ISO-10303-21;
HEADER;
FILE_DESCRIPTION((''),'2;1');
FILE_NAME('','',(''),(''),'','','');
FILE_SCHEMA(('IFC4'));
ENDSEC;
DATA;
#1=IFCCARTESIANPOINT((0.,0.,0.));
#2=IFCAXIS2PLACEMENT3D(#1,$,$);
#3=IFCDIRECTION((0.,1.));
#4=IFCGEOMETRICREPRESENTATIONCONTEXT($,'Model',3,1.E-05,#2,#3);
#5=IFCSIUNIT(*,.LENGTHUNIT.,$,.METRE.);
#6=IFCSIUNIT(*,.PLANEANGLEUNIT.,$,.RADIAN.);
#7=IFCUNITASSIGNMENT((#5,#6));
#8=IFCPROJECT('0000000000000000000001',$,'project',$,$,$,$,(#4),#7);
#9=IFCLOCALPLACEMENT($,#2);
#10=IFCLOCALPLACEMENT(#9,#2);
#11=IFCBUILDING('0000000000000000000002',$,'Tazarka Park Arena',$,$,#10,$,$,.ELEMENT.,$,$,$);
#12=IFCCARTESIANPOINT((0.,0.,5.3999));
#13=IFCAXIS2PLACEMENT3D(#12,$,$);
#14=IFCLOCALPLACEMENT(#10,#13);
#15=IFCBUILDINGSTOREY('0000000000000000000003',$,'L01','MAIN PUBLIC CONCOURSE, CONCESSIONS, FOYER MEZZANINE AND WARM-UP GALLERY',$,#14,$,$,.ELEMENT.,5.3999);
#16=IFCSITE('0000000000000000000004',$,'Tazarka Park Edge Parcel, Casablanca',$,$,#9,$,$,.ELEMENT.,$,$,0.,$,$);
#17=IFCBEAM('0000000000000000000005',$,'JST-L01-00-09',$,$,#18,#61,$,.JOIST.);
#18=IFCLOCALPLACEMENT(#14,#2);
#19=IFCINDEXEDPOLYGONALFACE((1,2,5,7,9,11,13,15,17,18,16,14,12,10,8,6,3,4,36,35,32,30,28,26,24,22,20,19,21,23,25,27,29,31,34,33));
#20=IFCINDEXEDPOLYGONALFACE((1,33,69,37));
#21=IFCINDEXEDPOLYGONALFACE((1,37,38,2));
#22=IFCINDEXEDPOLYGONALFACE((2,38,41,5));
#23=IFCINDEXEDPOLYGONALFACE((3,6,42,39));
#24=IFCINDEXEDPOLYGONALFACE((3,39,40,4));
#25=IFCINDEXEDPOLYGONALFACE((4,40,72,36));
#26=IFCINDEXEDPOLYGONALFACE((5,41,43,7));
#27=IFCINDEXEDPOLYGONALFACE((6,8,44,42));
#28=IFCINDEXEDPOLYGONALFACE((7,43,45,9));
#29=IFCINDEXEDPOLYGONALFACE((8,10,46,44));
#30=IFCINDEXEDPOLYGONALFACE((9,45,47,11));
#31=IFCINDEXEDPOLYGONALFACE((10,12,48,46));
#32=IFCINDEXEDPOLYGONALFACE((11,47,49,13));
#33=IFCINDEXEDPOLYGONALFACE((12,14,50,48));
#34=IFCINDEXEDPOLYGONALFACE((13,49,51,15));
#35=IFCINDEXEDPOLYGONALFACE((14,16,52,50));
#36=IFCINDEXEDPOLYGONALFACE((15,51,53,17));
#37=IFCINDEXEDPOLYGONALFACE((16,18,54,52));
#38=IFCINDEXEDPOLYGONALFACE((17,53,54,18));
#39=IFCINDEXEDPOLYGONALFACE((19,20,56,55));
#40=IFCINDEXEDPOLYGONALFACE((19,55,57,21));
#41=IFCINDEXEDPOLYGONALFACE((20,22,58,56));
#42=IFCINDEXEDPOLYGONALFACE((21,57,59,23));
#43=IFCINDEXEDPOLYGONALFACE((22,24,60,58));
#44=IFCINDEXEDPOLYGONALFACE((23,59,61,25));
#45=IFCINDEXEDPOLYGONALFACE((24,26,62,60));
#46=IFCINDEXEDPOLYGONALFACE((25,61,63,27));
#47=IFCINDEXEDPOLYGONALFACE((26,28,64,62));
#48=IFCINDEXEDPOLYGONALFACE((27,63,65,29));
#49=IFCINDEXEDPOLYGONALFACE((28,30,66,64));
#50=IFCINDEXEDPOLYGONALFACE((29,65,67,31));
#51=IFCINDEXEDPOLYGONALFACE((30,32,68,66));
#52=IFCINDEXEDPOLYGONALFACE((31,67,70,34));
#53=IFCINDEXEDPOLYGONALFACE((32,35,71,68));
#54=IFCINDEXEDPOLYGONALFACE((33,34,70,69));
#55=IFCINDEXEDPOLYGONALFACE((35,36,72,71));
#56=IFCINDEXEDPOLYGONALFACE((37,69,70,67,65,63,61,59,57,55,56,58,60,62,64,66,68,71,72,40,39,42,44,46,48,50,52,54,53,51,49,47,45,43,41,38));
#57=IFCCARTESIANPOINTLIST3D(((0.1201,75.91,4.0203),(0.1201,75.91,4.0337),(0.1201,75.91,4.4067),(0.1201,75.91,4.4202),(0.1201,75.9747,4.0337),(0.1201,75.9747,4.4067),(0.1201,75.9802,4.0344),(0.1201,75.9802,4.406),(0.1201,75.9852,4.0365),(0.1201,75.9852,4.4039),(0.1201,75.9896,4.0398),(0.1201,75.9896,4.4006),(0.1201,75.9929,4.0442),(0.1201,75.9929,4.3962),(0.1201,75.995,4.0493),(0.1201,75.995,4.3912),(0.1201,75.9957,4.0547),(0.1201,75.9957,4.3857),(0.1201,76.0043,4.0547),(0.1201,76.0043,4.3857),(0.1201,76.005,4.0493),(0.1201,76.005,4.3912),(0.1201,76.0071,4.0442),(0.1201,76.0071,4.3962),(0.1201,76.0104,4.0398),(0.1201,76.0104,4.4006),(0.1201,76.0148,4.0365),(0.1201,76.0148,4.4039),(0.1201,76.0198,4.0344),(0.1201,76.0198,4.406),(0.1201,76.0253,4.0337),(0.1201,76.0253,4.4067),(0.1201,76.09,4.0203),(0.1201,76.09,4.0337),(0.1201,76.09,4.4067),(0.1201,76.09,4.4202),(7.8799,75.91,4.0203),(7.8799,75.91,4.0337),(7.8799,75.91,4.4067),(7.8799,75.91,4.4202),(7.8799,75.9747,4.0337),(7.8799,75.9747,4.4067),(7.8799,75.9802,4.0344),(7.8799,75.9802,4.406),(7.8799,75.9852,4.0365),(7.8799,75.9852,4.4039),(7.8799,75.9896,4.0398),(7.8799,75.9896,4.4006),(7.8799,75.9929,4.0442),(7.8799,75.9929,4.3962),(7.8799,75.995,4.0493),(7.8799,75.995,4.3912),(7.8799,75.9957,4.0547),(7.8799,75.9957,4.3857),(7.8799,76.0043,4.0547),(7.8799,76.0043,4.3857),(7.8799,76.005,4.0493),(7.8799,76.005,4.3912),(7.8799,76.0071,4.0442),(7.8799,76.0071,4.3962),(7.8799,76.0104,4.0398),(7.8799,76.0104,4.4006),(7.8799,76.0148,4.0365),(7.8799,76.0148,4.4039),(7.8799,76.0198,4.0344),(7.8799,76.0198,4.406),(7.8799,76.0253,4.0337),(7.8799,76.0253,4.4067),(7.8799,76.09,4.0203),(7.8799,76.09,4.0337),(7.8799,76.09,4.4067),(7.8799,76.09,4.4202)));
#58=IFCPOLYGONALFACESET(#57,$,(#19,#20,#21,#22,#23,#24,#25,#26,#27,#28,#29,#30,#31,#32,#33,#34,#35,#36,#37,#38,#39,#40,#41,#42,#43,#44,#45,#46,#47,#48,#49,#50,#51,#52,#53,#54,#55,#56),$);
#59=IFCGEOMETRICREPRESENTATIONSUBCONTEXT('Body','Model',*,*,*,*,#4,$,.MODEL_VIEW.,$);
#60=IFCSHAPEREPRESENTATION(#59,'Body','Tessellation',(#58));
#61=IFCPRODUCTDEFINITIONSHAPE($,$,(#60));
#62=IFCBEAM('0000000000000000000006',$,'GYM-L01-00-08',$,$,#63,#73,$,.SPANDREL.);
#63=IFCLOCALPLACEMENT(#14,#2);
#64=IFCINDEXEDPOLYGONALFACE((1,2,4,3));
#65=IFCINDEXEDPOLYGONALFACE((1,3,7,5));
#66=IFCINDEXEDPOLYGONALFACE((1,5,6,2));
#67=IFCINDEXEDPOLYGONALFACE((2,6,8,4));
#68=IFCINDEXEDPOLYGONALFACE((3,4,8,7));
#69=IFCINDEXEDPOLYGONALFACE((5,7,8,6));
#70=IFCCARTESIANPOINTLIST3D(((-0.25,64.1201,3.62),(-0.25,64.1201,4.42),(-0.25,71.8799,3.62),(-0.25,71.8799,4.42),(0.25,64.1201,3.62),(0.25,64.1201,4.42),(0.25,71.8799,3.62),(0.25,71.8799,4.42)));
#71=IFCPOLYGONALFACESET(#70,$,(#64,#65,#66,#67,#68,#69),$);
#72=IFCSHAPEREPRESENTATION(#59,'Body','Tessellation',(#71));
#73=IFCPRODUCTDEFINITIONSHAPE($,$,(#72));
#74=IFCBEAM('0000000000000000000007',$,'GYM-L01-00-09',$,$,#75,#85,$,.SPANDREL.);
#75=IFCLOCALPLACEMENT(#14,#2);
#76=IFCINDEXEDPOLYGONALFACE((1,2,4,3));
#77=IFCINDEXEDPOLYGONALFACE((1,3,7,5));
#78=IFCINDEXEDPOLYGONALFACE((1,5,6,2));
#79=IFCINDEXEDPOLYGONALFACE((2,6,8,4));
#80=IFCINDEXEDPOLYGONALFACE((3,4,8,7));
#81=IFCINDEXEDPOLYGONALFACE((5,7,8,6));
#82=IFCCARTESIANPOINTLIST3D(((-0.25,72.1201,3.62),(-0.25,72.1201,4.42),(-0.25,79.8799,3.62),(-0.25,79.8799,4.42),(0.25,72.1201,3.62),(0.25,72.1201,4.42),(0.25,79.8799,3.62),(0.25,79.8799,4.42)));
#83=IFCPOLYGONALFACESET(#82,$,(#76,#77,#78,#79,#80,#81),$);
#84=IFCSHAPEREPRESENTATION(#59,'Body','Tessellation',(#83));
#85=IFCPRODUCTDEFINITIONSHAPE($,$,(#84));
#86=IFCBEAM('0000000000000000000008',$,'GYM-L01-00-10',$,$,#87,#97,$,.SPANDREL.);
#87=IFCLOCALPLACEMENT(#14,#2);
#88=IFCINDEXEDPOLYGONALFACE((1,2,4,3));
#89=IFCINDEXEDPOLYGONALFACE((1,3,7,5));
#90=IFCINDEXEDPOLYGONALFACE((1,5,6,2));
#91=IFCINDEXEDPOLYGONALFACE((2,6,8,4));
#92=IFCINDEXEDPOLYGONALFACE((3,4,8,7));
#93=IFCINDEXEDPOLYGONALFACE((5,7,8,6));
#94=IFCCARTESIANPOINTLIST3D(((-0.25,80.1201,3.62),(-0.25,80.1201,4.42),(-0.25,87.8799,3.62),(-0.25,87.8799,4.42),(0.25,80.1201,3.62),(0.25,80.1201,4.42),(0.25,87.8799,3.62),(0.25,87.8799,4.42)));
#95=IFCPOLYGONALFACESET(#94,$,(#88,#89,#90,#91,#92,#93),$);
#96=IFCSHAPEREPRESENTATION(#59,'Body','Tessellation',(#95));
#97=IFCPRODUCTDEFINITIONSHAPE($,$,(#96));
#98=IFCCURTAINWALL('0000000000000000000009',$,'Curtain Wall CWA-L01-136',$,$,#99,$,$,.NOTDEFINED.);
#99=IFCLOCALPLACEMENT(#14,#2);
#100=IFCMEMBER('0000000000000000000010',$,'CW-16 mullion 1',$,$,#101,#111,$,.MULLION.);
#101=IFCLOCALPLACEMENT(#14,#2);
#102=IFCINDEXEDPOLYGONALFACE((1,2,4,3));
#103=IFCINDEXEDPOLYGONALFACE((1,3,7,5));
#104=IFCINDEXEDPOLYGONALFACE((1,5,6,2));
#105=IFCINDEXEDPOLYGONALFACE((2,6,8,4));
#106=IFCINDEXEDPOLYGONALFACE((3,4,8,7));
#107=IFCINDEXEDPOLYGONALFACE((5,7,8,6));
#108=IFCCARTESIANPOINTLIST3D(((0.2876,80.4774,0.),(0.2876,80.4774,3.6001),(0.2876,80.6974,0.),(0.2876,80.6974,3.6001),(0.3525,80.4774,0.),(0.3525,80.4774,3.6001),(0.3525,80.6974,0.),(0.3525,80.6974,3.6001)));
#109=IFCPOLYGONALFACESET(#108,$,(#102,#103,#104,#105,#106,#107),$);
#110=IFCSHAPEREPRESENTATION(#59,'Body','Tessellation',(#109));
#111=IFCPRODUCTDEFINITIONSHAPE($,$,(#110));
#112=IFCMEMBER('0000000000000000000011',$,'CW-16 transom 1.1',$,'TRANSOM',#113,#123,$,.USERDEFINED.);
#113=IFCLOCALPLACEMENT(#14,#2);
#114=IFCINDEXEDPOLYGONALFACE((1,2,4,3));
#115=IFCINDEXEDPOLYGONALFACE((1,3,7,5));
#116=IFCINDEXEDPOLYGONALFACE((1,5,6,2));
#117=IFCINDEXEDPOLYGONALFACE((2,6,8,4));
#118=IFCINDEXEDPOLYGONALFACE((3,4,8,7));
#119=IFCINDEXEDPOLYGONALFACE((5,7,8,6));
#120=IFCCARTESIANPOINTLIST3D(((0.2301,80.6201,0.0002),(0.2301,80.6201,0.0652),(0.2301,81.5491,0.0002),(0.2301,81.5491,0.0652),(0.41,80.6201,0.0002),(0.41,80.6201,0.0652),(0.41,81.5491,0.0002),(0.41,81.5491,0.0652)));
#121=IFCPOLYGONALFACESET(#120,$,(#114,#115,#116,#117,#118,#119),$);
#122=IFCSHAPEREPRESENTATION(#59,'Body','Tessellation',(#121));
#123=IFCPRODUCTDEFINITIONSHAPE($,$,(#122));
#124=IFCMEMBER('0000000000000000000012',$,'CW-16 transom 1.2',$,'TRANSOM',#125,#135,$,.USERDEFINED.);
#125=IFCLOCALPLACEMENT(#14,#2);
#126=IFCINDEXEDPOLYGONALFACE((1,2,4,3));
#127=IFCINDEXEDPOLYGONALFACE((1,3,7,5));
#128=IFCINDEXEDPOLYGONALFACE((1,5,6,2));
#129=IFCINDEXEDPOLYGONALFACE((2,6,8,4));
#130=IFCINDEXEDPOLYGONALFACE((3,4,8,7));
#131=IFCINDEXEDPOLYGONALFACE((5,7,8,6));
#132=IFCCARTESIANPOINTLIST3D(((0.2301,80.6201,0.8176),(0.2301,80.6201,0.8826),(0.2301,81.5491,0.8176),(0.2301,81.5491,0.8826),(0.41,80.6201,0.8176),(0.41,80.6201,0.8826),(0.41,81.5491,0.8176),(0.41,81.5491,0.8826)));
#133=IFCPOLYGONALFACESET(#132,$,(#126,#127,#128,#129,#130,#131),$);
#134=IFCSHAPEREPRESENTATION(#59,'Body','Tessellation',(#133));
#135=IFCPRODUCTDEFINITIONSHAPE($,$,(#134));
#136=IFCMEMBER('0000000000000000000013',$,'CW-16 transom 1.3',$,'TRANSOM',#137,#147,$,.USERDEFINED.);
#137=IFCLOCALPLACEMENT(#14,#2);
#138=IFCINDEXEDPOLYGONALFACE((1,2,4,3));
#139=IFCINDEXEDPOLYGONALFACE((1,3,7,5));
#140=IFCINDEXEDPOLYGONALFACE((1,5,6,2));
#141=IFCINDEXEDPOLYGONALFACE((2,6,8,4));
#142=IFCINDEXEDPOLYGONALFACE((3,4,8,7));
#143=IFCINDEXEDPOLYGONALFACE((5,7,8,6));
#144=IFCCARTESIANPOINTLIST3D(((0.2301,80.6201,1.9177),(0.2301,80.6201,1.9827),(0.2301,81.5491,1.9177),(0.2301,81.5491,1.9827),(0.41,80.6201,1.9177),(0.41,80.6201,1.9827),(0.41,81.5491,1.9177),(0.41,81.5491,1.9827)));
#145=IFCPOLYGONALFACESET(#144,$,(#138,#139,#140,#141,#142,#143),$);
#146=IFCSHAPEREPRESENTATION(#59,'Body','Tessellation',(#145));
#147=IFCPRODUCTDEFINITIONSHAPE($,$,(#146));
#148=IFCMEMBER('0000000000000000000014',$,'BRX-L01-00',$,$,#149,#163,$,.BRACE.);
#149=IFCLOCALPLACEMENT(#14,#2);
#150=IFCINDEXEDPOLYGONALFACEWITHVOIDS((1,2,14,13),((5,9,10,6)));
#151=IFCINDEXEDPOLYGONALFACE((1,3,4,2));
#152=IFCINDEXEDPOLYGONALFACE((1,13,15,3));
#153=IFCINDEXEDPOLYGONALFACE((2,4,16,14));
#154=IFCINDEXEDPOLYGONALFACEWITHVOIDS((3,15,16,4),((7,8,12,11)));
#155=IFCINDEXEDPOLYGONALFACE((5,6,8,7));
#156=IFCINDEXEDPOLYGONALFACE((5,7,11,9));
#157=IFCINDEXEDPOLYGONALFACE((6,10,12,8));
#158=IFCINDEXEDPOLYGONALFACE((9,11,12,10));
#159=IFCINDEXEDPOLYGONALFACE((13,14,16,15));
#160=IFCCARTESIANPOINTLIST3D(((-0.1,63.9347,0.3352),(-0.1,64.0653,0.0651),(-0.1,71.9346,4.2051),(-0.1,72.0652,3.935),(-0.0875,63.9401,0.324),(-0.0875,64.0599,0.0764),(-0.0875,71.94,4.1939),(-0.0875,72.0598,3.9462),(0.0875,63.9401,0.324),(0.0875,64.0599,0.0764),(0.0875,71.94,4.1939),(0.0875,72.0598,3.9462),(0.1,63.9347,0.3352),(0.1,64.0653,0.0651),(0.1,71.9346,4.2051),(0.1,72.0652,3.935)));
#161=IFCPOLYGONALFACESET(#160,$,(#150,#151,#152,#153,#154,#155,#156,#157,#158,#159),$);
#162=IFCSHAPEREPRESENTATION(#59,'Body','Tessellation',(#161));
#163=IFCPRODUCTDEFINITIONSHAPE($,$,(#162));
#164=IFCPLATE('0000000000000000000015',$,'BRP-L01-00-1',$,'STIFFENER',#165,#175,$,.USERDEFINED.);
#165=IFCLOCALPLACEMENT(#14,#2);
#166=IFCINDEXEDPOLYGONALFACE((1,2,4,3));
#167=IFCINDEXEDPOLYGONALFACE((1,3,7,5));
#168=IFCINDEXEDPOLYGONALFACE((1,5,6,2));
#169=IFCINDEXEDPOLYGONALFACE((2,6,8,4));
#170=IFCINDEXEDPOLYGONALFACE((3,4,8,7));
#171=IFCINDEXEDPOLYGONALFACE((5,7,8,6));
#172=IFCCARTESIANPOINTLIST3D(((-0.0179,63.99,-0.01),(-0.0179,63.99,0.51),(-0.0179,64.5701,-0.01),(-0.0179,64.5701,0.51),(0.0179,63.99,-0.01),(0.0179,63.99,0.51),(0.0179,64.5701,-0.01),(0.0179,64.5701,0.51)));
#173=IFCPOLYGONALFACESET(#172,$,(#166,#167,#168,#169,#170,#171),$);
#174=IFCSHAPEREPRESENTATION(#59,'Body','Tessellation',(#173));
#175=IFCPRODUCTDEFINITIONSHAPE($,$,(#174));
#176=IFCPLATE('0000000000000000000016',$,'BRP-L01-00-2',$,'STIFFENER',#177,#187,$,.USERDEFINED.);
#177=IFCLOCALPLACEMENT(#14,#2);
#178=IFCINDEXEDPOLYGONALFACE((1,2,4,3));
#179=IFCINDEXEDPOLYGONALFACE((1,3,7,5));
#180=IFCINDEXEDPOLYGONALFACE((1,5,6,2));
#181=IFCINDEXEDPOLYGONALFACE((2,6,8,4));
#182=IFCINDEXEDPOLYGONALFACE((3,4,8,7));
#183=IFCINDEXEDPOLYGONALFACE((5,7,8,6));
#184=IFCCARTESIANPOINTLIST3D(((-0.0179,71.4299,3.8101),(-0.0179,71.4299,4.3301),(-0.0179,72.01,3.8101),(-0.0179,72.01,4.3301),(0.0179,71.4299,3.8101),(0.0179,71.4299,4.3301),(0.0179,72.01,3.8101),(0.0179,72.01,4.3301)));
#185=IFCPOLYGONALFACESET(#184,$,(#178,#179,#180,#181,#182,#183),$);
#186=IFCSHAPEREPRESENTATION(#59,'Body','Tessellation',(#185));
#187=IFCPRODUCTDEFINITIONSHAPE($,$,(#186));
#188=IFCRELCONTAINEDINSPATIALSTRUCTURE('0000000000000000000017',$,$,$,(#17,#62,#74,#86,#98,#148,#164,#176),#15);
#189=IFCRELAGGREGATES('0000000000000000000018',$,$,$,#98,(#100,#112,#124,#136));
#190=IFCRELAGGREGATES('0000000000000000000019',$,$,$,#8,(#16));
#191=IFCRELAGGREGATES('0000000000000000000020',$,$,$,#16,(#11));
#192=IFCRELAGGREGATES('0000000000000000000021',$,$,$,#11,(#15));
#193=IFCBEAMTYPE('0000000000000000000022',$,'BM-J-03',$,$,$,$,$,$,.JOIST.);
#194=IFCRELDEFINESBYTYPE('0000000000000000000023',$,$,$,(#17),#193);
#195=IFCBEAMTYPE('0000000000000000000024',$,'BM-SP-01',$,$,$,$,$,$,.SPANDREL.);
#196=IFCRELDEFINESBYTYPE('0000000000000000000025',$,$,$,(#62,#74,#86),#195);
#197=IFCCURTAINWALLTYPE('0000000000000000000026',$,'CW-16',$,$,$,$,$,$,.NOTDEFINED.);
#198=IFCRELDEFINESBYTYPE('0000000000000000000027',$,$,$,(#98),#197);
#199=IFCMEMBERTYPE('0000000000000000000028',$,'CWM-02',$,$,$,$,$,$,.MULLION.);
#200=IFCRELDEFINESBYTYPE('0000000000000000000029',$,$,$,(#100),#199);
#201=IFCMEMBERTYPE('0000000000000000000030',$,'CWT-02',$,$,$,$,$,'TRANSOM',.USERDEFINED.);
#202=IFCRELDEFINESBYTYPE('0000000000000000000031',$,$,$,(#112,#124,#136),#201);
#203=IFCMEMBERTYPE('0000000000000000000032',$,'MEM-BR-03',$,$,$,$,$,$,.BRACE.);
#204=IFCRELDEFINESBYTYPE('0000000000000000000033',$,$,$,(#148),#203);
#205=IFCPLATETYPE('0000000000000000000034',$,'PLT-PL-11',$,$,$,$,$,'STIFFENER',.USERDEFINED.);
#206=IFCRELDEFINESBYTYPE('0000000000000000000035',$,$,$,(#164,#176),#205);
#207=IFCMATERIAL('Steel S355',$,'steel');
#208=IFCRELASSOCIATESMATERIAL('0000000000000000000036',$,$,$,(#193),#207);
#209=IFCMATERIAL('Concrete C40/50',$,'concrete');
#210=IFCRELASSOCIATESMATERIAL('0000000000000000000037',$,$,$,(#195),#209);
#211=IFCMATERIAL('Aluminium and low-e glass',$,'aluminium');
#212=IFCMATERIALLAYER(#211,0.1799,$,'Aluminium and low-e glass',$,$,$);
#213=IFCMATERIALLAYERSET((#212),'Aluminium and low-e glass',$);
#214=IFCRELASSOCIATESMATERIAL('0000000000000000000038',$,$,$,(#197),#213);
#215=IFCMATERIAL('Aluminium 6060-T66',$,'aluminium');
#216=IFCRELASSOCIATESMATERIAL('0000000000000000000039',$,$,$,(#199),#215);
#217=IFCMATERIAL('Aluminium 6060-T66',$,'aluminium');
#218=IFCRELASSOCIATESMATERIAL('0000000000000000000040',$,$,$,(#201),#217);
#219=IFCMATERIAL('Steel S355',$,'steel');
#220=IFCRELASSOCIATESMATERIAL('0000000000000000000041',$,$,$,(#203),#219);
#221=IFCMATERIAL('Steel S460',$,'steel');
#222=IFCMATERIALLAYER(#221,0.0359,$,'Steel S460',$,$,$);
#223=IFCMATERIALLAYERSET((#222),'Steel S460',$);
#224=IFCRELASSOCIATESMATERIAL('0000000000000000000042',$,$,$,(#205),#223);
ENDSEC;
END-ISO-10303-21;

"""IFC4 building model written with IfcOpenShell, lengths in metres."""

from ifc_helpers import new_model, si_unit, direction, frame, origin, origin_2d, place, context, subcontext, project, spatial, rectangle, hollow_rectangle, i_section, extrude, material, layer, layer_set, material_profile, profile_set, type_object, element, aggregate, save


model = new_model("IFC4")

# Units and contexts
model_context = context("Model", 3, precision=1e-05, world=origin(), true_north=direction((0.0, 1.0)))
body_context = subcontext(model_context, "Body", "Model", "MODEL_VIEW")
ifc_project = project(units=[si_unit("LENGTHUNIT", "METRE"), si_unit("PLANEANGLEUNIT", "RADIAN")], contexts=[model_context])

# Site, building, storey
site_placement = place(None, origin())
site = spatial("IfcSite", under=ifc_project, at=site_placement, Name="Tazarka Park Edge Parcel, Casablanca", CompositionType="ELEMENT", RefElevation=0.0)
building_placement = place(site_placement, origin())
building = spatial("IfcBuilding", under=site, at=building_placement, Name="Tazarka Park Arena", CompositionType="ELEMENT")
storey_placement = place(building_placement, frame((0.0, 0.0, 5.3999)))
storey = spatial("IfcBuildingStorey", under=building, at=storey_placement, Name="L01", Description="MAIN PUBLIC CONCOURSE, CONCESSIONS, FOYER MEZZANINE AND WARM-UP GALLERY", CompositionType="ELEMENT", Elevation=5.3999)

# Beams
ifc_material_1 = material(Name="Steel S355", Category="steel")
ifc_material_profile_1 = material_profile(ifc_material_1, i_section(OverallWidth=0.1799, OverallDepth=0.3999, WebThickness=0.0085, FlangeThickness=0.0134, FilletRadius=0.021, at=origin_2d()), Name="Steel S355")
ifc_profile_set_1 = profile_set([ifc_material_profile_1], Name="Steel S355")
beam_type_1 = type_object("IfcBeamType", Name="BM-J-03", PredefinedType="JOIST", material=ifc_profile_set_1)
beam_1_placement = place(storey_placement, frame((0.1201, 76.0, 4.2202), z_axis=(1.0, 0.0, 0.0), x_axis=(0.0, 1.0, 0.0)))
element("IfcBeam", 1, at=beam_1_placement, inside=storey, type_object=beam_type_1, Name="JST-L01-00-09", PredefinedType="JOIST", context=body_context, shape_type="SweptSolid", body=[
    extrude(i_section(OverallWidth=0.1799, OverallDepth=0.3999, WebThickness=0.0085, FlangeThickness=0.0134, FilletRadius=0.021, at=origin_2d()), origin(), (0.0, 0.0, 1.0), 7.7598),
])
ifc_material_2 = material(Name="Concrete C40/50", Category="concrete")
ifc_material_profile_2 = material_profile(ifc_material_2, rectangle(XDim=0.5, YDim=0.8, at=origin_2d()), Name="Concrete C40/50")
ifc_profile_set_2 = profile_set([ifc_material_profile_2], Name="Concrete C40/50")
beam_type_2 = type_object("IfcBeamType", Name="BM-SP-01", PredefinedType="SPANDREL", material=ifc_profile_set_2)
for number, where, z_axis, x_axis, name in (
    (2, (0.0, 64.1201, 4.02), (0.0, 1.0, 0.0), (-1.0, 0.0, 0.0), "GYM-L01-00-08"),
    (3, (0.0, 72.1201, 4.02), (0.0, 1.0, 0.0), (-1.0, 0.0, 0.0), "GYM-L01-00-09"),
    (4, (0.0, 80.1201, 4.02), (0.0, 1.0, 0.0), (-1.0, 0.0, 0.0), "GYM-L01-00-10"),
):
    element("IfcBeam", number, at=place(storey_placement, frame(where, z_axis=z_axis, x_axis=x_axis)), inside=storey, type_object=beam_type_2, Name=name, PredefinedType="SPANDREL", context=body_context, shape_type="SweptSolid", body=[
        extrude(rectangle(XDim=0.5, YDim=0.8, at=origin_2d()), origin(), (0.0, 0.0, 1.0), 7.7598),
    ])

# Curtain wall, members
ifc_material_3 = material(Name="Aluminium and low-e glass", Category="aluminium")
ifc_layer_1 = layer(ifc_material_3, 0.1799, Name="Aluminium and low-e glass")
ifc_layer_set_1 = layer_set([ifc_layer_1], Name="Aluminium and low-e glass")
curtain_wall_type = type_object("IfcCurtainWallType", Name="CW-16", PredefinedType="NOTDEFINED", material=ifc_layer_set_1)
curtain_wall_placement = place(storey_placement, origin())
curtain_wall = element("IfcCurtainWall", 5, at=curtain_wall_placement, inside=storey, type_object=curtain_wall_type, Name="Curtain Wall CWA-L01-136", PredefinedType="NOTDEFINED")
ifc_material_4 = material(Name="Aluminium 6060-T66", Category="aluminium")
ifc_material_profile_3 = material_profile(ifc_material_4, rectangle(XDim=0.0649, YDim=0.22, at=origin_2d()), Name="Aluminium 6060-T66")
ifc_profile_set_3 = profile_set([ifc_material_profile_3], Name="Aluminium 6060-T66")
member_type_1 = type_object("IfcMemberType", Name="CWM-02", PredefinedType="MULLION", material=ifc_profile_set_3)
member_1_placement = place(storey_placement, frame((0.3201, 80.5874, 0.0), z_axis=(0.0, 0.0, 1.0), x_axis=(-1.0, 0.0, 0.0)))
member_1 = element("IfcMember", 6, at=member_1_placement, type_object=member_type_1, Name="CW-16 mullion 1", PredefinedType="MULLION", context=body_context, shape_type="SweptSolid", body=[
    extrude(rectangle(XDim=0.0649, YDim=0.22, at=origin_2d()), origin(), (0.0, 0.0, 1.0), 3.6001),
])
ifc_material_5 = material(Name="Aluminium 6060-T66", Category="aluminium")
ifc_material_profile_4 = material_profile(ifc_material_5, rectangle(XDim=0.1799, YDim=0.0649, at=origin_2d()), Name="Aluminium 6060-T66")
ifc_profile_set_4 = profile_set([ifc_material_profile_4], Name="Aluminium 6060-T66")
member_type_2 = type_object("IfcMemberType", Name="CWT-02", ElementType="TRANSOM", PredefinedType="USERDEFINED", material=ifc_profile_set_4)
member_2_placement = place(storey_placement, frame((0.3201, 80.6201, 0.0327), z_axis=(0.0, 1.0, 0.0), x_axis=(-1.0, 0.0, 0.0)))
member_2 = element("IfcMember", 7, at=member_2_placement, type_object=member_type_2, Name="CW-16 transom 1.1", ObjectType="TRANSOM", PredefinedType="USERDEFINED", context=body_context, shape_type="SweptSolid", body=[
    extrude(rectangle(XDim=0.1799, YDim=0.0649, at=origin_2d()), origin(), (0.0, 0.0, 1.0), 0.929),
])
member_3_placement = place(storey_placement, frame((0.3201, 80.6201, 0.8501), z_axis=(0.0, 1.0, 0.0), x_axis=(-1.0, 0.0, 0.0)))
member_3 = element("IfcMember", 8, at=member_3_placement, type_object=member_type_2, Name="CW-16 transom 1.2", ObjectType="TRANSOM", PredefinedType="USERDEFINED", context=body_context, shape_type="SweptSolid", body=[
    extrude(rectangle(XDim=0.1799, YDim=0.0649, at=origin_2d()), origin(), (0.0, 0.0, 1.0), 0.929),
])
member_4_placement = place(storey_placement, frame((0.3201, 80.6201, 1.9502), z_axis=(0.0, 1.0, 0.0), x_axis=(-1.0, 0.0, 0.0)))
member_4 = element("IfcMember", 9, at=member_4_placement, type_object=member_type_2, Name="CW-16 transom 1.3", ObjectType="TRANSOM", PredefinedType="USERDEFINED", context=body_context, shape_type="SweptSolid", body=[
    extrude(rectangle(XDim=0.1799, YDim=0.0649, at=origin_2d()), origin(), (0.0, 0.0, 1.0), 0.929),
])
aggregate(curtain_wall, [member_1, member_2, member_3, member_4])

# Member
ifc_material_6 = material(Name="Steel S355", Category="steel")
ifc_material_profile_5 = material_profile(ifc_material_6, hollow_rectangle(XDim=0.2, YDim=0.3, WallThickness=0.0125, at=origin_2d()), Name="Steel S355")
ifc_profile_set_5 = profile_set([ifc_material_profile_5], Name="Steel S355")
member_type_3 = type_object("IfcMemberType", Name="MEM-BR-03", PredefinedType="BRACE", material=ifc_profile_set_5)
member_5_placement = place(storey_placement, frame((0.0, 64.0, 0.2002), z_axis=(0.0, 0.900208, 0.435461), x_axis=(-1.0, 0.0, 0.0)))
element("IfcMember", 10, at=member_5_placement, inside=storey, type_object=member_type_3, Name="BRX-L01-00", PredefinedType="BRACE", context=body_context, shape_type="SweptSolid", body=[
    extrude(hollow_rectangle(XDim=0.2, YDim=0.3, WallThickness=0.0125, at=origin_2d()), origin(), (0.0, 0.0, 1.0), 8.8867),
])

# Plates
ifc_material_7 = material(Name="Steel S460", Category="steel")
ifc_layer_2 = layer(ifc_material_7, 0.0359, Name="Steel S460")
ifc_layer_set_2 = layer_set([ifc_layer_2], Name="Steel S460")
plate_type = type_object("IfcPlateType", Name="PLT-PL-11", ElementType="STIFFENER", PredefinedType="USERDEFINED", material=ifc_layer_set_2)
for number, where, z_axis, x_axis, name in (
    (11, (0.0, 64.28, -0.01), (0.0, 0.0, 1.0), (1.0, 0.0, 0.0), "BRP-L01-00-1"),
    (12, (0.0, 71.72, 3.8101), (0.0, 0.0, 1.0), (1.0, 0.0, 0.0), "BRP-L01-00-2"),
):
    element("IfcPlate", number, at=place(storey_placement, frame(where, z_axis=z_axis, x_axis=x_axis)), inside=storey, type_object=plate_type, Name=name, ObjectType="STIFFENER", PredefinedType="USERDEFINED", context=body_context, shape_type="SweptSolid", body=[
        extrude(rectangle(XDim=0.0359, YDim=0.5801, at=origin_2d()), origin(), (0.0, 0.0, 1.0), 0.52),
    ])

save(model, "model.ifc")
